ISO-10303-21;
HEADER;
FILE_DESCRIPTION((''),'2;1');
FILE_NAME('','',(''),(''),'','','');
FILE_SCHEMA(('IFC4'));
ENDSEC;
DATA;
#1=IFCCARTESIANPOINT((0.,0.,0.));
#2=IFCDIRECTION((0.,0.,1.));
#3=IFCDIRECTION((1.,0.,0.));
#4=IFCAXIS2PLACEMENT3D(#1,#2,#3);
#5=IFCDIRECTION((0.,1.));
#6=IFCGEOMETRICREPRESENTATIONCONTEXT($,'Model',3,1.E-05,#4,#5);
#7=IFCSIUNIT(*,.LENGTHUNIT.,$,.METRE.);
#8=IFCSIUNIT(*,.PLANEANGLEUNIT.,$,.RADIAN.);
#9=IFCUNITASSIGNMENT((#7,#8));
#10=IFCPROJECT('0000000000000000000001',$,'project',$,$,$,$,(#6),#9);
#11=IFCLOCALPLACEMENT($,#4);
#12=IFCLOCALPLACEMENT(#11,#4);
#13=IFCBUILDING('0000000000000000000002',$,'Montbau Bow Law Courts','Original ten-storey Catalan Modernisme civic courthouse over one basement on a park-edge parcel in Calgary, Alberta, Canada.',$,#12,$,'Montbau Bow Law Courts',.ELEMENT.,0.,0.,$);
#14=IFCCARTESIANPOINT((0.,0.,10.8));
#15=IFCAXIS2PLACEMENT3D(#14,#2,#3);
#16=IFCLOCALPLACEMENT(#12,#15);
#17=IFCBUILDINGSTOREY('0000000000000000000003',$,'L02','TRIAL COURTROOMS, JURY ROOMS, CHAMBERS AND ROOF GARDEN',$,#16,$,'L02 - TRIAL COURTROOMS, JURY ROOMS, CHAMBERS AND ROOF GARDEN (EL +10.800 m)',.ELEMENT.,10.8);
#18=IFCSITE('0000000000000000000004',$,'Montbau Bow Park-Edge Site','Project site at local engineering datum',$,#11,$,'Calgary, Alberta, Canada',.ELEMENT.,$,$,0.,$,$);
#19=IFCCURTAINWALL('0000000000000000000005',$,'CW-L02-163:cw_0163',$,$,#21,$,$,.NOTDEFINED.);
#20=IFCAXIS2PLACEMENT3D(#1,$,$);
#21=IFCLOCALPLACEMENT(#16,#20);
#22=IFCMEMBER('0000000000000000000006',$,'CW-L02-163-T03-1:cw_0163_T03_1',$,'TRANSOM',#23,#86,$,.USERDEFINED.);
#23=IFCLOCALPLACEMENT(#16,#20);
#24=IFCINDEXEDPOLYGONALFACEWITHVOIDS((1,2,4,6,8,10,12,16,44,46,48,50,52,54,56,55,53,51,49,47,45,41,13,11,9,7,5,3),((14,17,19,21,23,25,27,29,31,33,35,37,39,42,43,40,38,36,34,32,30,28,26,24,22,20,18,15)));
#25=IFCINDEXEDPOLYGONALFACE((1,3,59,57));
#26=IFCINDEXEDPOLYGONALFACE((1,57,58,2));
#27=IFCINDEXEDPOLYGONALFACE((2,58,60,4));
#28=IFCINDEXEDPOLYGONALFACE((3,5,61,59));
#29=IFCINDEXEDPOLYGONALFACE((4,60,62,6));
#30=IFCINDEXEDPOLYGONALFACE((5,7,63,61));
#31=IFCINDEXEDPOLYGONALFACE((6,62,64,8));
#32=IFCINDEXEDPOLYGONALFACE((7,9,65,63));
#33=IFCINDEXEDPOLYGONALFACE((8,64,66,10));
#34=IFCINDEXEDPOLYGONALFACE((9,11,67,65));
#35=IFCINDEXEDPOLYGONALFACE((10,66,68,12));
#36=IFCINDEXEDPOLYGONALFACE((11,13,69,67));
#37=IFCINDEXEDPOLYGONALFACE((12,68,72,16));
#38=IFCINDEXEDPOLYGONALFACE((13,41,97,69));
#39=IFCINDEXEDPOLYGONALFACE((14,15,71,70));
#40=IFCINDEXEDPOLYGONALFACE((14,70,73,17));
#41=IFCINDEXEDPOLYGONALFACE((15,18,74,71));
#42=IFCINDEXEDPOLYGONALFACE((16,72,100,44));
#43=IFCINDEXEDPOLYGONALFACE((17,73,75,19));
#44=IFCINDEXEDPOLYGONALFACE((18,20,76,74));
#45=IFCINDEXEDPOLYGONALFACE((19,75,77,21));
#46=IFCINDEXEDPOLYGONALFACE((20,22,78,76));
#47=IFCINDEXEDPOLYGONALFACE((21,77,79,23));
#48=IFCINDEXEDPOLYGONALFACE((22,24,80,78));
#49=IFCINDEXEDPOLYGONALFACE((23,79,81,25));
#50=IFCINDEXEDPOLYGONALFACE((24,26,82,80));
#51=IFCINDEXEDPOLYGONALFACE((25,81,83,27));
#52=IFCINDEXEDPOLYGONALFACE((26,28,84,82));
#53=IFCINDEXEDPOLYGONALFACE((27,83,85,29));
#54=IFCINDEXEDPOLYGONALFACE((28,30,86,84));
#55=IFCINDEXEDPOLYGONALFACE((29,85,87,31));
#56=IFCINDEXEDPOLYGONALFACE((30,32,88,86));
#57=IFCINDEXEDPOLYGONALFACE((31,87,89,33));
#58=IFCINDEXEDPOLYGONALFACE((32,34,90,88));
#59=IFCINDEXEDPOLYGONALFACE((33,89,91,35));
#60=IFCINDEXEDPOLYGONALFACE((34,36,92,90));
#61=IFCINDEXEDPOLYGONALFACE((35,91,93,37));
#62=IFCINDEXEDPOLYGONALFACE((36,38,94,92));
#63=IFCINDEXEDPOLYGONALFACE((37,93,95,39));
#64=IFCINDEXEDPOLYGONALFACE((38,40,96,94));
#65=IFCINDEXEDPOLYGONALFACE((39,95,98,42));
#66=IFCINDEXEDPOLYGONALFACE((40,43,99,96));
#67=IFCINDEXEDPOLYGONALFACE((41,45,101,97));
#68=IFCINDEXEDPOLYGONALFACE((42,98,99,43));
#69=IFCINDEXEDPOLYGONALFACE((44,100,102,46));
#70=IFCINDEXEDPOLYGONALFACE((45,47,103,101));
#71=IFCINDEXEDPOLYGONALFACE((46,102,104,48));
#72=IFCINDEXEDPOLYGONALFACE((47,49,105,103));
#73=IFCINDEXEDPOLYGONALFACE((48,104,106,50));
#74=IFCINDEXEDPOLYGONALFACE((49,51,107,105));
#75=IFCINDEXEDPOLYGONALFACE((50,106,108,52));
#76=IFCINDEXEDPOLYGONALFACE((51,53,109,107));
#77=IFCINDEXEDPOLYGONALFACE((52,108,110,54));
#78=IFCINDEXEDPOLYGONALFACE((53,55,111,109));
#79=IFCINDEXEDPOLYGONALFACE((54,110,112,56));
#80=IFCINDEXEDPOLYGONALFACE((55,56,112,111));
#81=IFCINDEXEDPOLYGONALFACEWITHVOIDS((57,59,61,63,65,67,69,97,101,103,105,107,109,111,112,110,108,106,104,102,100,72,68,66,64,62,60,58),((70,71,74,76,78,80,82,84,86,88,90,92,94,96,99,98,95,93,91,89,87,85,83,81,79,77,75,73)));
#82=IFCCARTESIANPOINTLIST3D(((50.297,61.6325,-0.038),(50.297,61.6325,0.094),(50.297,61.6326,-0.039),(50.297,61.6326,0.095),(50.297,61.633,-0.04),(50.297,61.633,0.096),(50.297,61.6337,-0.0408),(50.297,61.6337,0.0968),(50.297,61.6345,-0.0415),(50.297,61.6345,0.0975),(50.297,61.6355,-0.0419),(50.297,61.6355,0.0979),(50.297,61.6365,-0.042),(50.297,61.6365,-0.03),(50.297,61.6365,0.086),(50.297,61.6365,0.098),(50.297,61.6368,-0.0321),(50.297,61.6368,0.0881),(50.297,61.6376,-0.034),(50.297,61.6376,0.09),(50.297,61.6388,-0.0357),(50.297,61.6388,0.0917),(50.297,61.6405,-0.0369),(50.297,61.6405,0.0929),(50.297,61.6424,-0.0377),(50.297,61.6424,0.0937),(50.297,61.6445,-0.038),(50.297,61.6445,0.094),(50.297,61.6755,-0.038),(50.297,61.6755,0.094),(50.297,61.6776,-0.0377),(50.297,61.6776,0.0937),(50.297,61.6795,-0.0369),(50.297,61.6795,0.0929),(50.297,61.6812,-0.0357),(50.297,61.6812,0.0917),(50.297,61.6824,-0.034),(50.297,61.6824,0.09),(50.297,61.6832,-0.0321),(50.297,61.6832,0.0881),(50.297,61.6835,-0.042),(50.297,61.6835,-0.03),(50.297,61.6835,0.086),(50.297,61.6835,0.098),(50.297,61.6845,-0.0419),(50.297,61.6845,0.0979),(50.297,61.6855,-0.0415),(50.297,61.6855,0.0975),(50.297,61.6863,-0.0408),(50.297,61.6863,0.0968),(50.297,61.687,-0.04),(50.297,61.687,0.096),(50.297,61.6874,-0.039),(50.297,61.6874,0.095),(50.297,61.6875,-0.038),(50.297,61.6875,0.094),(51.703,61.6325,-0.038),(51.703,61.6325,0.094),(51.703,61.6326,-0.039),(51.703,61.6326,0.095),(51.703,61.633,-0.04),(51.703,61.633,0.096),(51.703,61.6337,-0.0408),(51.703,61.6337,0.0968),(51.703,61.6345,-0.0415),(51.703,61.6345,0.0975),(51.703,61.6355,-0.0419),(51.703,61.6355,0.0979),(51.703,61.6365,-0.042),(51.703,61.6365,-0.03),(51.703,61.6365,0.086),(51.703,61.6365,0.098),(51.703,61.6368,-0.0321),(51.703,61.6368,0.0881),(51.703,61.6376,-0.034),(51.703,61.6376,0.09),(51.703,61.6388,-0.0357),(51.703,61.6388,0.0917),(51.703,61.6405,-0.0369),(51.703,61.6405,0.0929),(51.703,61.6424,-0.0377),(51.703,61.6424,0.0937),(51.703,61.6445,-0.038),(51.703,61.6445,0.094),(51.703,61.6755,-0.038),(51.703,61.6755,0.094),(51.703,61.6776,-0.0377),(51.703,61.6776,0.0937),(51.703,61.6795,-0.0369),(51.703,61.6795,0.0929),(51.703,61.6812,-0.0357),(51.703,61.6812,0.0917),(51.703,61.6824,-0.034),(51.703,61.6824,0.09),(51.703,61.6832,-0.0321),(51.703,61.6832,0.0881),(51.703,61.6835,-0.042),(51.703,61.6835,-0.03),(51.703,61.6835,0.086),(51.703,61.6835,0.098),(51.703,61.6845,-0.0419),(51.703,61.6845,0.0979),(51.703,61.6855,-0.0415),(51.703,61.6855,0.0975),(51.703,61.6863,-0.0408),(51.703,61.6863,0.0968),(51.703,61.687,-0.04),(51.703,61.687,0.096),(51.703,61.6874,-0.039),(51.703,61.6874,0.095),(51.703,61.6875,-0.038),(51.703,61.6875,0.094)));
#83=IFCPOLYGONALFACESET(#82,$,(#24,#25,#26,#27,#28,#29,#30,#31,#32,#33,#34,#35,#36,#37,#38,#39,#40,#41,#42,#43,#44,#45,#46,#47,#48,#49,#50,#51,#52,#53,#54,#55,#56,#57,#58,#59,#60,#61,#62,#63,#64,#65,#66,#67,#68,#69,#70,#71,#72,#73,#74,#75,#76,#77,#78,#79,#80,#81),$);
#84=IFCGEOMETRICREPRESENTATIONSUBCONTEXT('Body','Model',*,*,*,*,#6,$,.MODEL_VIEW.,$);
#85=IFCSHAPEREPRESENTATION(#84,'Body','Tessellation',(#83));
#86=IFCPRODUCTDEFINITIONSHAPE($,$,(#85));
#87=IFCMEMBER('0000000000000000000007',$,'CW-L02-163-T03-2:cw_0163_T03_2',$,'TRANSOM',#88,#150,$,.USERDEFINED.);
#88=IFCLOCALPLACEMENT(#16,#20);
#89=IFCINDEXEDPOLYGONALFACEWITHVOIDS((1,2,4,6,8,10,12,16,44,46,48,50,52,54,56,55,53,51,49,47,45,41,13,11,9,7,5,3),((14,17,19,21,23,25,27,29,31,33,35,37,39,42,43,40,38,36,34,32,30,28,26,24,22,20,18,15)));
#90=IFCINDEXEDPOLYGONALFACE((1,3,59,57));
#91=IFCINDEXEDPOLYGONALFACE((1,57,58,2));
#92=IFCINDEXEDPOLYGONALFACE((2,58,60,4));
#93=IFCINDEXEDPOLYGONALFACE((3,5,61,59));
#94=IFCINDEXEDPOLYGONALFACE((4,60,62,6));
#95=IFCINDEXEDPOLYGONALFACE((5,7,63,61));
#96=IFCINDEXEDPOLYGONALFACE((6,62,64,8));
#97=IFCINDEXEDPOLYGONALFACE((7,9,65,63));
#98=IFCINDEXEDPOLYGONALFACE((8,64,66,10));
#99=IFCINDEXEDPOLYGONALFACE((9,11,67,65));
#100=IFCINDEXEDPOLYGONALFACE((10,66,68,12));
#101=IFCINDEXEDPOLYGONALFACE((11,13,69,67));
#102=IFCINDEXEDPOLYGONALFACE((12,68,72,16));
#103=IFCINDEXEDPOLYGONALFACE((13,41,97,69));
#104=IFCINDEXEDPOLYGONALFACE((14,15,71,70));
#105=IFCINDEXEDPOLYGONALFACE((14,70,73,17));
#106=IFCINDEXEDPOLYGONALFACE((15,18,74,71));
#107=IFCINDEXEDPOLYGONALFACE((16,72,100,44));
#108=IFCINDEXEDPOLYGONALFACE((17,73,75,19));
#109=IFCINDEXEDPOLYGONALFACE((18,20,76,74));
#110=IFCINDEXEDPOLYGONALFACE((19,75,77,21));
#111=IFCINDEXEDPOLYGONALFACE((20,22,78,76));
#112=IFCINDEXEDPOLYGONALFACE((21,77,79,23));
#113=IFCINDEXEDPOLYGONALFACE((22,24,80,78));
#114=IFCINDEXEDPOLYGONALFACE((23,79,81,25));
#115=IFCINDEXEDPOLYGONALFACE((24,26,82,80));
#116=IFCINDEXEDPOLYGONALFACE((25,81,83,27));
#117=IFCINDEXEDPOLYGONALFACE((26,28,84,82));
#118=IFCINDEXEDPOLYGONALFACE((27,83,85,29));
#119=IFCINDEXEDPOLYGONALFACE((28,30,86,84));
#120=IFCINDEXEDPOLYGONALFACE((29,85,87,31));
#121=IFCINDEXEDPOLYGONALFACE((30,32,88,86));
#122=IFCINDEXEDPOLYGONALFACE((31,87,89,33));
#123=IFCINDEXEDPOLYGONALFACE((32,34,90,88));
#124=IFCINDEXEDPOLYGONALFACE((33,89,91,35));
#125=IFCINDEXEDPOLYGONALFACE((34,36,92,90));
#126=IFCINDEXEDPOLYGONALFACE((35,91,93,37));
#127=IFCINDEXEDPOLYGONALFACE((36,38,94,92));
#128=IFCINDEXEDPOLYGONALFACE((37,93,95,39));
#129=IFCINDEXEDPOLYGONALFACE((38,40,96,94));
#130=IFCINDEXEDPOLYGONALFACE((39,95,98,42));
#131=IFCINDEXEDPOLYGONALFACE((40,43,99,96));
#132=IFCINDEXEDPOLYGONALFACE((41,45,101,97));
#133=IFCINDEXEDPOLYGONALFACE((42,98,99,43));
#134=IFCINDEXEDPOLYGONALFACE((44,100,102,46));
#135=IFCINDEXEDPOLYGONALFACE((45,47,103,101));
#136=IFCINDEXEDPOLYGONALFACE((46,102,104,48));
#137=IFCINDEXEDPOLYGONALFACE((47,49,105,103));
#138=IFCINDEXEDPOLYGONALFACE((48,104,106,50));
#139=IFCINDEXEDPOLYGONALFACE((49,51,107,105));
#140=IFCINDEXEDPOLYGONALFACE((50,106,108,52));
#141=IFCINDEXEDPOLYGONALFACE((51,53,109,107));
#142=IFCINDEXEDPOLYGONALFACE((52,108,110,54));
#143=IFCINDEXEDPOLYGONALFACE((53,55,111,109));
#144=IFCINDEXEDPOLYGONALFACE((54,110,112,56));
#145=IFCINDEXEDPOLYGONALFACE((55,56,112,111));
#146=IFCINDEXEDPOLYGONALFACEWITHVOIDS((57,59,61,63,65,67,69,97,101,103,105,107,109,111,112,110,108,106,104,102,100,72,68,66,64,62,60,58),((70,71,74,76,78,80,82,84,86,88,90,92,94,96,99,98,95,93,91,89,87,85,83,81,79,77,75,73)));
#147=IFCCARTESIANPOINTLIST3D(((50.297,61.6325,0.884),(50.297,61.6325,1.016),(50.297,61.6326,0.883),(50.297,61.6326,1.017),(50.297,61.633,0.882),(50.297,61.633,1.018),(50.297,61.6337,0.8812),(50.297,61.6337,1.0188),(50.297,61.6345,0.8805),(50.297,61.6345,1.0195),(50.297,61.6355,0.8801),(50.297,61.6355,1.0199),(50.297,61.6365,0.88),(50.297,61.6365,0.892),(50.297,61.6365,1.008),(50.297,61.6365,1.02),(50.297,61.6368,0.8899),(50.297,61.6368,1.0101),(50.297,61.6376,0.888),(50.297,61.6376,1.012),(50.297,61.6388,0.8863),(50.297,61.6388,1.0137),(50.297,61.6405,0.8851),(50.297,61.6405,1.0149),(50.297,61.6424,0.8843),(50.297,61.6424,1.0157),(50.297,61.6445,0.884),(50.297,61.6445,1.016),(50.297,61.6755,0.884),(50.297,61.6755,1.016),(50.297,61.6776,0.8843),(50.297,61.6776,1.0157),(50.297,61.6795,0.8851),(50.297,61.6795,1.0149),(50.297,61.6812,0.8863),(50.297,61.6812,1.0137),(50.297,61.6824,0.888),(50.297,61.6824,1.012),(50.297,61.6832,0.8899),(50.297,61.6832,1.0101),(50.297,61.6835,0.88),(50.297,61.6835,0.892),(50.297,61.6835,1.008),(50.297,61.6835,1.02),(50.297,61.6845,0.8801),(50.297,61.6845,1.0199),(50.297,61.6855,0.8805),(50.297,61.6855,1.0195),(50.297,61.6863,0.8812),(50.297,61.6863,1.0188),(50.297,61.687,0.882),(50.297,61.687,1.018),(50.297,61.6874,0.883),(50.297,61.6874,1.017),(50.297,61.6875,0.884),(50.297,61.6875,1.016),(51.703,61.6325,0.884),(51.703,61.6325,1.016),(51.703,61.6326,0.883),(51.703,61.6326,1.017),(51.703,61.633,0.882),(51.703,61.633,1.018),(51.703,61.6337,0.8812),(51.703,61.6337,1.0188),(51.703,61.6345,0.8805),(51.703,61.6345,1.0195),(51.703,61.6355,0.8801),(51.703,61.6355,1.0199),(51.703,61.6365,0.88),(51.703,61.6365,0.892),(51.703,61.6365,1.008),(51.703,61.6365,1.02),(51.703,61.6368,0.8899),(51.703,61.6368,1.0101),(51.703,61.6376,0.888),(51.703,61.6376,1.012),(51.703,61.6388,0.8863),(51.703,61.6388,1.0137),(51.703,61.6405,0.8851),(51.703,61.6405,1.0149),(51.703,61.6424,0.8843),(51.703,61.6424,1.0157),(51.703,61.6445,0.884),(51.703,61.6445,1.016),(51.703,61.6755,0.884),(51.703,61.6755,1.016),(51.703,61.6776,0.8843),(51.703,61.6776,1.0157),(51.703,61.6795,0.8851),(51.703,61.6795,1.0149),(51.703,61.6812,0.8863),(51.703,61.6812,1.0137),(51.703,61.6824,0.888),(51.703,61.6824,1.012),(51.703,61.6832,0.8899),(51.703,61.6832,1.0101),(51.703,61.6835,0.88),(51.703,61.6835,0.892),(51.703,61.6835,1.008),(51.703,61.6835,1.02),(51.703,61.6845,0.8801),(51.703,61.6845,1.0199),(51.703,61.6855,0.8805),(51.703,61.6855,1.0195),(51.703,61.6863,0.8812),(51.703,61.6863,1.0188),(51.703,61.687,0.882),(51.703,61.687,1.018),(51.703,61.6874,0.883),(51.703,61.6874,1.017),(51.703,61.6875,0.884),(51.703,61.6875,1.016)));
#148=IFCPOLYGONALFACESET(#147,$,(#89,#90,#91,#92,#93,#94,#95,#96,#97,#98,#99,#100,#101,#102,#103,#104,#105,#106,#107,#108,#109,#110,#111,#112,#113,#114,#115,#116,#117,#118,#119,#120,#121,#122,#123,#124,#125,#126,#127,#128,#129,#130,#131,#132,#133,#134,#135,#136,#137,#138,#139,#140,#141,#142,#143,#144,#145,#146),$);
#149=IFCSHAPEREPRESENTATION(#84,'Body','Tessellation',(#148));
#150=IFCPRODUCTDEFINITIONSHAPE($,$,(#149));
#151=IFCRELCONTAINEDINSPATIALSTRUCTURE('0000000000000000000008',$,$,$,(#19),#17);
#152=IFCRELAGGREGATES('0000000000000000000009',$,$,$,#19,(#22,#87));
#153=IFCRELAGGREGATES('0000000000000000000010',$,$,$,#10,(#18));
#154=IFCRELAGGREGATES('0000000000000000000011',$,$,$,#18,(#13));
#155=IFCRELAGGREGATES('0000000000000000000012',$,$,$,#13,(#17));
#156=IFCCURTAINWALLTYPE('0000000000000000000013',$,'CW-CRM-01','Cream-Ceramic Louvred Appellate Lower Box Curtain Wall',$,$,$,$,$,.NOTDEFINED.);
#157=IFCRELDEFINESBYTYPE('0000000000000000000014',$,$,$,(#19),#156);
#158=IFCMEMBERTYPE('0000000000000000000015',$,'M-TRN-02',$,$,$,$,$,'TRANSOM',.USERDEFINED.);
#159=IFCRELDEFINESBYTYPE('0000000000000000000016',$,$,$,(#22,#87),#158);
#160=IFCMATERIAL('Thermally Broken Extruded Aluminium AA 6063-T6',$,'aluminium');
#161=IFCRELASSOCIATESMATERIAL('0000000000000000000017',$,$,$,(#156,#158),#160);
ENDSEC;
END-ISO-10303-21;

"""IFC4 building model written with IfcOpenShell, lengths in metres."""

from ifc_helpers import new_model, si_unit, direction, frame, origin_with_axes, origin_2d_with_axis, place, context, subcontext, project, spatial, hollow_rectangle, extrude, material, material_profile, profile_set, type_object, element, aggregate, save


model = new_model("IFC4")

# Units and contexts
model_context = context("Model", 3, precision=1e-05, world=origin_with_axes(), true_north=direction((0.0, 1.0)))
body_context = subcontext(model_context, "Body", "Model", "MODEL_VIEW")
ifc_project = project(units=[si_unit("LENGTHUNIT", "METRE"), si_unit("PLANEANGLEUNIT", "RADIAN")], contexts=[model_context])

# Site, building, storey
site_placement = place(None, origin_with_axes())
site = spatial("IfcSite", under=ifc_project, at=site_placement, Name="Montbau Bow Park-Edge Site", Description="Project site at local engineering datum", LongName="Calgary, Alberta, Canada", CompositionType="ELEMENT", RefElevation=0.0)
building_placement = place(site_placement, origin_with_axes())
building = spatial("IfcBuilding", under=site, at=building_placement, Name="Montbau Bow Law Courts", Description="Original ten-storey Catalan Modernisme civic courthouse over one basement on a park-edge parcel in Calgary, Alberta, Canada.", LongName="Montbau Bow Law Courts", CompositionType="ELEMENT", ElevationOfRefHeight=0.0, ElevationOfTerrain=0.0)
storey_placement = place(building_placement, frame((0.0, 0.0, 10.8), z_axis=(0.0, 0.0, 1.0), x_axis=(1.0, 0.0, 0.0)))
storey = spatial("IfcBuildingStorey", under=building, at=storey_placement, Name="L02", Description="TRIAL COURTROOMS, JURY ROOMS, CHAMBERS AND ROOF GARDEN", LongName="L02 - TRIAL COURTROOMS, JURY ROOMS, CHAMBERS AND ROOF GARDEN (EL +10.800 m)", CompositionType="ELEMENT", Elevation=10.8)

# Curtain wall, members
ifc_material_1 = material(Name="Thermally Broken Extruded Aluminium AA 6063-T6", Category="aluminium")
curtain_wall_type = type_object("IfcCurtainWallType", Name="CW-CRM-01", Description="Cream-Ceramic Louvred Appellate Lower Box Curtain Wall", PredefinedType="NOTDEFINED", material=ifc_material_1)
curtain_wall_placement = place(None, frame((47.315, 61.66, 10.8), z_axis=(0.0, 0.0, 1.0), x_axis=(1.0, 0.0, 0.0)))
curtain_wall = element("IfcCurtainWall", 1, at=curtain_wall_placement, inside=storey, type_object=curtain_wall_type, Name="CW-L02-163:cw_0163", PredefinedType="NOTDEFINED")
ifc_material_profile_1 = material_profile(ifc_material_1, hollow_rectangle(XDim=0.055, YDim=0.14, WallThickness=0.004, InnerFilletRadius=0.008, OuterFilletRadius=0.004, at=origin_2d_with_axis()), Name="CWT-140X55", Category="Main", Priority=0)
ifc_profile_set_1 = profile_set([ifc_material_profile_1], Name="Thermally Broken Extruded Aluminium AA 6063-T6")
member_type_1 = type_object("IfcMemberType", Name="M-TRN-02", ElementType="TRANSOM", PredefinedType="USERDEFINED", material=ifc_profile_set_1)
member_1_placement = place(None, frame((50.297, 61.66, 10.828), z_axis=(1.0, 0.0, 0.0), x_axis=(0.0, 1.0, 0.0)))
member_1 = element("IfcMember", 2, at=member_1_placement, type_object=member_type_1, Name="CW-L02-163-T03-1:cw_0163_T03_1", ObjectType="TRANSOM", PredefinedType="USERDEFINED", context=body_context, shape_type="SweptSolid", body=[
    extrude(hollow_rectangle(XDim=0.055, YDim=0.14, WallThickness=0.004, InnerFilletRadius=0.008, OuterFilletRadius=0.004, at=origin_2d_with_axis()), origin_with_axes(), (0.0, 0.0, 1.0), 1.406),
])
member_2_placement = place(None, frame((50.297, 61.66, 11.75), z_axis=(1.0, 0.0, 0.0), x_axis=(0.0, 1.0, 0.0)))
member_2 = element("IfcMember", 3, at=member_2_placement, type_object=member_type_1, Name="CW-L02-163-T03-2:cw_0163_T03_2", ObjectType="TRANSOM", PredefinedType="USERDEFINED", context=body_context, shape_type="SweptSolid", body=[
    extrude(hollow_rectangle(XDim=0.055, YDim=0.14, WallThickness=0.004, InnerFilletRadius=0.008, OuterFilletRadius=0.004, at=origin_2d_with_axis()), origin_with_axes(), (0.0, 0.0, 1.0), 1.406),
])
aggregate(curtain_wall, [member_1, member_2])

save(model, "model.ifc")
